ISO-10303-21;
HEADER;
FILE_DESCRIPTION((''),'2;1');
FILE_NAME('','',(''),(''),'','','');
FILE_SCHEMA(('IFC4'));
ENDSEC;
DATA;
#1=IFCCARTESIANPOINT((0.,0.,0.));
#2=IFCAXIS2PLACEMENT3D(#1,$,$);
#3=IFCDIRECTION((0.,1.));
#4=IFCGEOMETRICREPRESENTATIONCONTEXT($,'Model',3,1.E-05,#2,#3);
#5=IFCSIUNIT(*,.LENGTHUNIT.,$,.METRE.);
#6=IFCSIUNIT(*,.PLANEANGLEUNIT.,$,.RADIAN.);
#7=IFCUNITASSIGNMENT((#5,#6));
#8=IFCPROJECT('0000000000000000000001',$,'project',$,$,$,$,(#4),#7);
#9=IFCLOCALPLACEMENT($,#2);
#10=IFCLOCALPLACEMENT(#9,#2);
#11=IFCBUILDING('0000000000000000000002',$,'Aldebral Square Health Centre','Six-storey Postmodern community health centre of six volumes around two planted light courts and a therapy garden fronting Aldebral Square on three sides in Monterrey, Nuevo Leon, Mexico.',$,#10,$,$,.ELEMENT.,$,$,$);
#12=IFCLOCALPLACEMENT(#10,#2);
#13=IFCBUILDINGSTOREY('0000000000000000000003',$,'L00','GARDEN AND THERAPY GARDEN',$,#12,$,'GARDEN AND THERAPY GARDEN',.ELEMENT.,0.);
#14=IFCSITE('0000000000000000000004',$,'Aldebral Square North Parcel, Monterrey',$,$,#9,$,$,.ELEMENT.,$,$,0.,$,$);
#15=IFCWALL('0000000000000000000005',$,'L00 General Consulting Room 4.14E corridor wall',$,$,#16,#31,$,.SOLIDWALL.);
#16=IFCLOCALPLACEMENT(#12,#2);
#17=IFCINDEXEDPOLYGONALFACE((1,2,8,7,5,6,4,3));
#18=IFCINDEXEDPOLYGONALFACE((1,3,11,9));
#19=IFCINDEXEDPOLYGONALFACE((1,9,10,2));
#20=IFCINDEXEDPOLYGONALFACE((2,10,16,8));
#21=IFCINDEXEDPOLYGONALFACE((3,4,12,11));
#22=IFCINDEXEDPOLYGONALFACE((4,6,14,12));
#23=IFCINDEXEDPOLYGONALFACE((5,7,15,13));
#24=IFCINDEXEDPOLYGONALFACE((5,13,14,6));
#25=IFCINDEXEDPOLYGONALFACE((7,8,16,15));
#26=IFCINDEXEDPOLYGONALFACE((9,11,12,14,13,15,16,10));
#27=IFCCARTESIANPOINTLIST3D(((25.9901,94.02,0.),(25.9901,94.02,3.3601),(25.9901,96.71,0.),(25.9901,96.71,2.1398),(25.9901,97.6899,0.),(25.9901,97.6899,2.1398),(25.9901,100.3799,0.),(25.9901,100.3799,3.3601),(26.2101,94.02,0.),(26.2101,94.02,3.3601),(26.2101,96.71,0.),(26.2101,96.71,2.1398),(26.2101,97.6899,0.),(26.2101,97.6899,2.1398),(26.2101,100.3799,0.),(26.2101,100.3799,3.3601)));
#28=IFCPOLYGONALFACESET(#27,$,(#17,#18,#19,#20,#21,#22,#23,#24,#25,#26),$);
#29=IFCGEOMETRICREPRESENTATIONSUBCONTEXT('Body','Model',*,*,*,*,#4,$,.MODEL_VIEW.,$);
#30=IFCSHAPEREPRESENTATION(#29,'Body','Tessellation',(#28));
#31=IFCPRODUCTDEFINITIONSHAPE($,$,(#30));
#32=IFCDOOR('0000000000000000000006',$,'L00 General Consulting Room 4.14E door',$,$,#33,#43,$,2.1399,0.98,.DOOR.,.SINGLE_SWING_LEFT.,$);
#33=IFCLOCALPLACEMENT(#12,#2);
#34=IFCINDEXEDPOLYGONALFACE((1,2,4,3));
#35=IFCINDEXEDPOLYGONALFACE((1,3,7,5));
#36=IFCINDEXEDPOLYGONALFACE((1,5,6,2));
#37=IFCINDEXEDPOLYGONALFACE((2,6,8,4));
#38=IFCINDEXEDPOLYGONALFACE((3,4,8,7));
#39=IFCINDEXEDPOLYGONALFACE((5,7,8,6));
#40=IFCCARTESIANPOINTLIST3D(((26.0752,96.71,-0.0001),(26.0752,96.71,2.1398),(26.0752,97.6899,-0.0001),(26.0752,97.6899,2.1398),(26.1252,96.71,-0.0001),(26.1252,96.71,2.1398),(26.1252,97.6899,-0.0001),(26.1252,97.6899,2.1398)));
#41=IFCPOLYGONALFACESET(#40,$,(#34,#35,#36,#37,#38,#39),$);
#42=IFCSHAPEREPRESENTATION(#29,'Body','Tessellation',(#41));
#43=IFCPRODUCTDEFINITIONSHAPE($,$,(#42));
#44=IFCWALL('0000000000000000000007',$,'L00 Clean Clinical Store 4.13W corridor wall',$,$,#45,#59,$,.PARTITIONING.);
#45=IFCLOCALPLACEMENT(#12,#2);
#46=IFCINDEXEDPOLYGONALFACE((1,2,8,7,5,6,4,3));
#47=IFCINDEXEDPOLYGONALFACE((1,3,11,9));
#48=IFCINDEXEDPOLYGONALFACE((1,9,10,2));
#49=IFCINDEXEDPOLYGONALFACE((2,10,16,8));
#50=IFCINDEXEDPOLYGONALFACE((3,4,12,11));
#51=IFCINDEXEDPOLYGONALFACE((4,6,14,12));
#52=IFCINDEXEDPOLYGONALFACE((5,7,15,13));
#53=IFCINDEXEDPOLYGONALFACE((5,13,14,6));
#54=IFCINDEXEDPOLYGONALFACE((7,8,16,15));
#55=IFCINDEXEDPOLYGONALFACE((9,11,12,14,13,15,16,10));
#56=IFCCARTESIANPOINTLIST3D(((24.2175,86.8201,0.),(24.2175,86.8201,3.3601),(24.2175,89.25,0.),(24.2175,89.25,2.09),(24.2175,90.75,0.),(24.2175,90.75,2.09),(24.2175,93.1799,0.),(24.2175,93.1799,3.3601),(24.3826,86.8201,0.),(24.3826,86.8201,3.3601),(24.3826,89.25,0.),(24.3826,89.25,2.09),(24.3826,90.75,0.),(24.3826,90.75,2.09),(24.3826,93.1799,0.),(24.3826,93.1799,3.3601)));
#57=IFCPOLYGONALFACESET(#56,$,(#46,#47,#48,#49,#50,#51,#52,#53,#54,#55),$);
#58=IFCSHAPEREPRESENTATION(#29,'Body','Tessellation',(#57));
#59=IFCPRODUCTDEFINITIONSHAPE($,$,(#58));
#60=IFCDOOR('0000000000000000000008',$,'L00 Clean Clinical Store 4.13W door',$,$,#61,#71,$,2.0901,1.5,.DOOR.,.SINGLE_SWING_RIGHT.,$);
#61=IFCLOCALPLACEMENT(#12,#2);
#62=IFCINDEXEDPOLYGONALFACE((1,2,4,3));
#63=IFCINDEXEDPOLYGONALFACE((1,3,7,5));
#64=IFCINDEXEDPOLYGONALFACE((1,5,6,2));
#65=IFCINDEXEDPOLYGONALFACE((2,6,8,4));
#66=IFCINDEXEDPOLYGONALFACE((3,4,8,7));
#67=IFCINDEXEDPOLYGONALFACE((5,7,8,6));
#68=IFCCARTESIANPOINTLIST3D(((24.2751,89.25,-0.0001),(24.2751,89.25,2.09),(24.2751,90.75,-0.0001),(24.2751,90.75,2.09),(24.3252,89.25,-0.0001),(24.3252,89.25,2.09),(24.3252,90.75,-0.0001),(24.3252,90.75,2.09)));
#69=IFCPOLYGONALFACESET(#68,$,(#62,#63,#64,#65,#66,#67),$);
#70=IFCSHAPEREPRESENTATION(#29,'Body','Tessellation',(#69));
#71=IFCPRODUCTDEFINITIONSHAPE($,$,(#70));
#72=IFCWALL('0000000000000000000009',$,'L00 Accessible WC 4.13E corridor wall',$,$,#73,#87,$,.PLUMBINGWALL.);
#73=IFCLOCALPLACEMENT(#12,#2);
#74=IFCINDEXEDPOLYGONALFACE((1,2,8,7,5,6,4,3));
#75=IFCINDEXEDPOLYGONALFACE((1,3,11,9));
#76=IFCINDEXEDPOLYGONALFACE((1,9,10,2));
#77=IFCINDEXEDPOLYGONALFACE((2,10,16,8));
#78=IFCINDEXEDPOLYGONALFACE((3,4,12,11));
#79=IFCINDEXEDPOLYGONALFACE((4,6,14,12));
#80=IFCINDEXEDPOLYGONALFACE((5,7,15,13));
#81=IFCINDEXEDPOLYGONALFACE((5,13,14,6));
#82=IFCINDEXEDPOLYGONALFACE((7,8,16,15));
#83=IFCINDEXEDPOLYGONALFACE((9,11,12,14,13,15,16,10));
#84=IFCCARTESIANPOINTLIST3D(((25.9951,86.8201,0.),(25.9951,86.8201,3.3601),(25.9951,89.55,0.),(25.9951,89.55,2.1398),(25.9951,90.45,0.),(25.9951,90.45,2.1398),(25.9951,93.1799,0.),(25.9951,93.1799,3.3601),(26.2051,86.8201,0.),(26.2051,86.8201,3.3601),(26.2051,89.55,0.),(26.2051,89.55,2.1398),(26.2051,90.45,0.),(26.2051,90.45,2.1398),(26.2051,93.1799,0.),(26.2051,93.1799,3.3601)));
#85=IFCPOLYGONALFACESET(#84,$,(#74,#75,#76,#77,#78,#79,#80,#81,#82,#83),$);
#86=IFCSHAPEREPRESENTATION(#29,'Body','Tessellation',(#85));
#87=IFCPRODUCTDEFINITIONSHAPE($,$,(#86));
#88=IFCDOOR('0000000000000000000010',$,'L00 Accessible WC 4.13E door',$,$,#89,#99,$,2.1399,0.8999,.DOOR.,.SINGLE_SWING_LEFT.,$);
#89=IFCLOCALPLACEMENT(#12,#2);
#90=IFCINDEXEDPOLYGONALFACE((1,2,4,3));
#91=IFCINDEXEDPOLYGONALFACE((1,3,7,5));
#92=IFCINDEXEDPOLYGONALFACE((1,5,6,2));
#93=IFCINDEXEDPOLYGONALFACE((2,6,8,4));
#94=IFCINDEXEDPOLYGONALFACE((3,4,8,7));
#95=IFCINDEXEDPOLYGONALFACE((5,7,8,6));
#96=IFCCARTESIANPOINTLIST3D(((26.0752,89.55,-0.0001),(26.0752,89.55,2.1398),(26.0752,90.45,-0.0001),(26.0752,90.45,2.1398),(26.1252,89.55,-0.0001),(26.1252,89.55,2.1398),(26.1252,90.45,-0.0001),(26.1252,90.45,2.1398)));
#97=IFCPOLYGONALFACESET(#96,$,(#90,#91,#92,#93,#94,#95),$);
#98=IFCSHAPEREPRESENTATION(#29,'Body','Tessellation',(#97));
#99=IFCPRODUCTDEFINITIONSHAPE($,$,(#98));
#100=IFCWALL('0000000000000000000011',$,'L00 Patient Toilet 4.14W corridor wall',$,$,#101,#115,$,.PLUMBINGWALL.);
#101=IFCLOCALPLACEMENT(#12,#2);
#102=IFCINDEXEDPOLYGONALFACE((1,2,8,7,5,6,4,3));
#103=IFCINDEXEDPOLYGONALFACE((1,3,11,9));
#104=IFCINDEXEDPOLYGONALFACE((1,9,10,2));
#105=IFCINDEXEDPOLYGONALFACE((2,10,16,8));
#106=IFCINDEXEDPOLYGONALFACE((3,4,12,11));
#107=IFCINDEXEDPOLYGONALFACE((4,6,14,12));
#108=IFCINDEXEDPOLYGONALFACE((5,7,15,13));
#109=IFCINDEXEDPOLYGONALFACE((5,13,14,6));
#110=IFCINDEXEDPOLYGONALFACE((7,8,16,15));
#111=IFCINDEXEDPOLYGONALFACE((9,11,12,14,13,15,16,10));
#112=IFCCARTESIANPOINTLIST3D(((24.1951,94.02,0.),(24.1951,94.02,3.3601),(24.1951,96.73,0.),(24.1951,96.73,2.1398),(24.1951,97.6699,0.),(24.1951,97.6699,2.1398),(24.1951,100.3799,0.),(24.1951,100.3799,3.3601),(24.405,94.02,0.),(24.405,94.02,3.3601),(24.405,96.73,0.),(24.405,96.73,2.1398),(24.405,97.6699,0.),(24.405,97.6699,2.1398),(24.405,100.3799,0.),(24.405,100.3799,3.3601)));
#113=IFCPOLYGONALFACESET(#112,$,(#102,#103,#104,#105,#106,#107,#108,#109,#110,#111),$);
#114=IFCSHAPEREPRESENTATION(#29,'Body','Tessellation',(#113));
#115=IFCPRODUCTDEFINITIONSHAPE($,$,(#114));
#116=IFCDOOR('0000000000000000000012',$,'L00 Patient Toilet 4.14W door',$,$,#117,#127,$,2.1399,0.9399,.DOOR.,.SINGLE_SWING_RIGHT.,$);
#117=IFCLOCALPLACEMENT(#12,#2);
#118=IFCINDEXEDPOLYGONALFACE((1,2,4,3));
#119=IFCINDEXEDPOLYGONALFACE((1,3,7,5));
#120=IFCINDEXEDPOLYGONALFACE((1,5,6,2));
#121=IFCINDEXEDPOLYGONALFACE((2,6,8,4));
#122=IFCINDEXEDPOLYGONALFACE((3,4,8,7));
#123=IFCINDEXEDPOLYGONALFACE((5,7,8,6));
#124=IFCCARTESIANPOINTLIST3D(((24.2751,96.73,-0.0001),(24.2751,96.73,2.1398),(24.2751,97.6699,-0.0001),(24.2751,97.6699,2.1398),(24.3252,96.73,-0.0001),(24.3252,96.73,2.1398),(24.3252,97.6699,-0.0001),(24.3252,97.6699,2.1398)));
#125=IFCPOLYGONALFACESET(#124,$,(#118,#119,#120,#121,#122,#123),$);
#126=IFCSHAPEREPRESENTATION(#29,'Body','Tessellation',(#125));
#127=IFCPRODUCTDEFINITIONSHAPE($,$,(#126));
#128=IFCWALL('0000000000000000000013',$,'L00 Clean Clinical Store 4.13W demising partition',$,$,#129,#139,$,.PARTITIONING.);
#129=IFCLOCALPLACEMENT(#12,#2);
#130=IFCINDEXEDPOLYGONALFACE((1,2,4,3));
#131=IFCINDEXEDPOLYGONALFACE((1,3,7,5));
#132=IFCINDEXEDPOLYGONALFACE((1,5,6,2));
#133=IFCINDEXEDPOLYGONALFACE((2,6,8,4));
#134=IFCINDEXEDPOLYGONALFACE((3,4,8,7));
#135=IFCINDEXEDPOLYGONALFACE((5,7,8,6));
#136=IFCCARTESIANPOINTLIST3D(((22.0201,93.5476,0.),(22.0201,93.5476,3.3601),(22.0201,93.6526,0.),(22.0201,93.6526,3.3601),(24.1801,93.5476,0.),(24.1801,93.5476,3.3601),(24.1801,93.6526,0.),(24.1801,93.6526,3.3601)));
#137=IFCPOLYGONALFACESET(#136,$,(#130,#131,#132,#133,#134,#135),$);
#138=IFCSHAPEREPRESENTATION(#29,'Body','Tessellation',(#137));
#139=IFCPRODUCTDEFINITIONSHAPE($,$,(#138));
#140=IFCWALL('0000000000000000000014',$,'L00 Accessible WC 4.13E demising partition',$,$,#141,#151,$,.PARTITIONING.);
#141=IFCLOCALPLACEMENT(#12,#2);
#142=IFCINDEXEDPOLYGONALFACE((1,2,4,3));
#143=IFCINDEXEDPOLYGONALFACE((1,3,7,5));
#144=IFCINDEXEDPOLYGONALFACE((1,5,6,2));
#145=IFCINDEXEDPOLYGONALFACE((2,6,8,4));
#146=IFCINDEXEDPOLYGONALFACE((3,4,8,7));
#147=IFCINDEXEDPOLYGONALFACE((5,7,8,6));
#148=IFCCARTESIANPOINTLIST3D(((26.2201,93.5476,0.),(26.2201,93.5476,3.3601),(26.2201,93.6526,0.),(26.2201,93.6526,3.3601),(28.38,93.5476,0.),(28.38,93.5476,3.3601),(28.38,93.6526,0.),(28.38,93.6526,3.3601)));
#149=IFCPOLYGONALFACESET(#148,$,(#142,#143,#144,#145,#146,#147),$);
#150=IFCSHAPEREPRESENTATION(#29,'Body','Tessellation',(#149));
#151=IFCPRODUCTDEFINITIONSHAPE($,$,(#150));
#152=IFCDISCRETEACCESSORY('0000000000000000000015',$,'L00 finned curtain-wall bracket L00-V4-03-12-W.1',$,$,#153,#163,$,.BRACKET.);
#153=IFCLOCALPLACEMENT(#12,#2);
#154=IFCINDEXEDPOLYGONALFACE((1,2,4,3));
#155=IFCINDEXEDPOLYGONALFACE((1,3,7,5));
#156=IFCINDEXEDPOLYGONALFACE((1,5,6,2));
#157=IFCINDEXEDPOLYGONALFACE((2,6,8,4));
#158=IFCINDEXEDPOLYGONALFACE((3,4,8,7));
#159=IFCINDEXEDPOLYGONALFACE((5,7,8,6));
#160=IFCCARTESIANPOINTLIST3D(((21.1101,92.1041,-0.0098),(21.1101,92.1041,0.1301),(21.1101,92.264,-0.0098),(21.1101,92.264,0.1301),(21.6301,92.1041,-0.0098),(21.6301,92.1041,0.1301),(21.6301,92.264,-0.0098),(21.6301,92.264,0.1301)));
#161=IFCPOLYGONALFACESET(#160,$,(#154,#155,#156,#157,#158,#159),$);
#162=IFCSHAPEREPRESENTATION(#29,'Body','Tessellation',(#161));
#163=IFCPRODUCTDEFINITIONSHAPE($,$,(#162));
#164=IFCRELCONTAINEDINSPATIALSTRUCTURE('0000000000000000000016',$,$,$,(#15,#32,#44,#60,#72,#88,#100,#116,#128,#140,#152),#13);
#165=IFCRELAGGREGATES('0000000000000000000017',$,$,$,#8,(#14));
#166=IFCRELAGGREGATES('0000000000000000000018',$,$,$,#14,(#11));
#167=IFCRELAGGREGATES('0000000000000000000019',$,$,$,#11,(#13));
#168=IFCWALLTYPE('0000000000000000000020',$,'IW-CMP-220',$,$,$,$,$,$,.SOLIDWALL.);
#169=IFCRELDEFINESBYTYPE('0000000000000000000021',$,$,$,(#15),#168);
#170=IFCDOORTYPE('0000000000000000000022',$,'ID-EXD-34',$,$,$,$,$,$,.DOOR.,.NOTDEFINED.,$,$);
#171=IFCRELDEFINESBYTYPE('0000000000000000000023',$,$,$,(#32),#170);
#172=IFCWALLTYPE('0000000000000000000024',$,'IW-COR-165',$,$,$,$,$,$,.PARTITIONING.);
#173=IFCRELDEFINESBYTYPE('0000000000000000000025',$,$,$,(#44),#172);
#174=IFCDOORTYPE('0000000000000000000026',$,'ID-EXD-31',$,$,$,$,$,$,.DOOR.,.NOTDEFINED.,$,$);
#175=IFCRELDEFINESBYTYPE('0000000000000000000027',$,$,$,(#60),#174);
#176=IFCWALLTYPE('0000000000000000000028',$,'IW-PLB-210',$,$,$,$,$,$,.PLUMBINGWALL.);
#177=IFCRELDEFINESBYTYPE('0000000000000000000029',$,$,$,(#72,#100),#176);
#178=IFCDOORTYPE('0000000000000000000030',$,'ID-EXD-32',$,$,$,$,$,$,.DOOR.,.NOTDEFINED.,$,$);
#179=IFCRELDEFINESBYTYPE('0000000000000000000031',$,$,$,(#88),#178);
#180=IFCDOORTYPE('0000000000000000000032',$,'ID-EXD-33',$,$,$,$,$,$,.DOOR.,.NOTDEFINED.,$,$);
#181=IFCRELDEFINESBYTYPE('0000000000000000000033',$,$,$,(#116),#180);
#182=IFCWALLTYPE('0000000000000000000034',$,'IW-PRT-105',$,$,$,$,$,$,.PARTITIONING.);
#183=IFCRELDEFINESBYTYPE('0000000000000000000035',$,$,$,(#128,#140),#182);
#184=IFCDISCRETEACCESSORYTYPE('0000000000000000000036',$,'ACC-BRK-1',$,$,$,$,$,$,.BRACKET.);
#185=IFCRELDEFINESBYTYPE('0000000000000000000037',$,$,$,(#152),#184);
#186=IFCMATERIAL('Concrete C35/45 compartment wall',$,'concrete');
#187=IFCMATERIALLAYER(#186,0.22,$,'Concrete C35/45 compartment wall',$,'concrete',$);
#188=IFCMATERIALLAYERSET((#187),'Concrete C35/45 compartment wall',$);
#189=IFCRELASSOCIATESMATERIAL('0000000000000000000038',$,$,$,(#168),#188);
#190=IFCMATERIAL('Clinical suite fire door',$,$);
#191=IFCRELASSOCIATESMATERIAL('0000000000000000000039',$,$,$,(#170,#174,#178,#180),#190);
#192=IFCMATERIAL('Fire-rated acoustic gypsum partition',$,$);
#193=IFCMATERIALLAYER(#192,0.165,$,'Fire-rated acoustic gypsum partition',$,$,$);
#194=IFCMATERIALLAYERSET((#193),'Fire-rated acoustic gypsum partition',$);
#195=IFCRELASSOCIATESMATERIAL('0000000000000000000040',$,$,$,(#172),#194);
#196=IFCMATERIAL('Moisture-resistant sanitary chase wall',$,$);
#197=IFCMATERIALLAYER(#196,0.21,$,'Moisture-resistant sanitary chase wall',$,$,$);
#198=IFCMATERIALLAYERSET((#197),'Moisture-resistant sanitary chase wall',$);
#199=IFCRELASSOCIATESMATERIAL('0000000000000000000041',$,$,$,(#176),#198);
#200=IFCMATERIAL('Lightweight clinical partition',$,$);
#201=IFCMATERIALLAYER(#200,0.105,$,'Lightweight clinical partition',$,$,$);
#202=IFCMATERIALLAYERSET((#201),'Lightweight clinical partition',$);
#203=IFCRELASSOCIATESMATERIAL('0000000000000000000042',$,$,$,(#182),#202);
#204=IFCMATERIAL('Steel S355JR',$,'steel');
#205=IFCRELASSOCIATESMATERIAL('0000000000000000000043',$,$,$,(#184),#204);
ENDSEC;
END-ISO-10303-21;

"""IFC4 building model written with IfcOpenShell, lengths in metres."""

from ifc_helpers import new_model, si_unit, direction, frame, frame_2d, origin, origin_2d, place, context, subcontext, project, spatial, rectangle, extrude, material, layer, layer_set, type_object, element, fill, save


model = new_model("IFC4")

# Units and contexts
model_context = context("Model", 3, precision=1e-05, world=origin(), true_north=direction((0.0, 1.0)))
body_context = subcontext(model_context, "Body", "Model", "MODEL_VIEW")
ifc_project = project(units=[si_unit("LENGTHUNIT", "METRE"), si_unit("PLANEANGLEUNIT", "RADIAN")], contexts=[model_context])

# Site, building, storey
site_placement = place(None, origin())
site = spatial("IfcSite", under=ifc_project, at=site_placement, Name="Aldebral Square North Parcel, Monterrey", CompositionType="ELEMENT", RefElevation=0.0)
building_placement = place(site_placement, origin())
building = spatial("IfcBuilding", under=site, at=building_placement, Name="Aldebral Square Health Centre", Description="Six-storey Postmodern community health centre of six volumes around two planted light courts and a therapy garden fronting Aldebral Square on three sides in Monterrey, Nuevo Leon, Mexico.", CompositionType="ELEMENT")
storey_placement = place(building_placement, origin())
storey = spatial("IfcBuildingStorey", under=building, at=storey_placement, Name="L00", Description="GARDEN AND THERAPY GARDEN", LongName="GARDEN AND THERAPY GARDEN", CompositionType="ELEMENT", Elevation=0.0)

# Walls, openings, doors
ifc_material_1 = material(Name="Concrete C35/45 compartment wall", Category="concrete")
ifc_layer_1 = layer(ifc_material_1, 0.22, Name="Concrete C35/45 compartment wall", Category="concrete")
ifc_layer_set_1 = layer_set([ifc_layer_1], Name="Concrete C35/45 compartment wall")
wall_type_1 = type_object("IfcWallType", Name="IW-CMP-220", PredefinedType="SOLIDWALL", material=ifc_layer_set_1)
wall_1_placement = place(storey_placement, frame((26.1001, 94.02, 0.0), z_axis=(0.0, 0.0, 1.0), x_axis=(0.0, 1.0, 0.0)))
wall_1 = element("IfcWall", 1, at=wall_1_placement, inside=storey, type_object=wall_type_1, Name="L00 General Consulting Room 4.14E corridor wall", PredefinedType="SOLIDWALL", context=body_context, shape_type="SweptSolid", body=[
    extrude(rectangle(XDim=6.3599, YDim=0.22, at=frame_2d((3.1799, 0.0))), origin(), (0.0, 0.0, 1.0), 3.3601),
])
opening_1_placement = place(wall_1_placement, frame((2.6899, 0.0, 0.0)))
opening_1 = element("IfcOpeningElement", 2, at=opening_1_placement, cuts=wall_1, PredefinedType="OPENING", context=body_context, shape_type="SweptSolid", body=[
    extrude(rectangle(XDim=0.98, YDim=2.1399, at=frame_2d((0.49, 1.0698))), frame((0.0, 0.1201, 0.0), z_axis=(0.0, -1.0, 0.0), x_axis=(1.0, 0.0, 0.0)), (0.0, 0.0, 1.0), 0.24),
])
ifc_material_2 = material(Name="Clinical suite fire door")
door_type_1 = type_object("IfcDoorType", Name="ID-EXD-34", OperationType="NOTDEFINED", PredefinedType="DOOR", material=ifc_material_2)
door_1_placement = place(opening_1_placement, origin())
door_1 = element("IfcDoor", 3, at=door_1_placement, inside=storey, type_object=door_type_1, Name="L00 General Consulting Room 4.14E door", OperationType="SINGLE_SWING_LEFT", OverallHeight=2.1399, OverallWidth=0.98, PredefinedType="DOOR", context=body_context, shape_type="SweptSolid", body=[
    extrude(rectangle(XDim=0.98, YDim=2.1399, at=frame_2d((0.49, 1.0698))), frame((0.0, 0.0249, 0.0), z_axis=(0.0, -1.0, 0.0), x_axis=(1.0, 0.0, 0.0)), (0.0, 0.0, 1.0), 0.05),
])
fill(opening_1, door_1)
ifc_material_3 = material(Name="Fire-rated acoustic gypsum partition")
ifc_layer_2 = layer(ifc_material_3, 0.165, Name="Fire-rated acoustic gypsum partition")
ifc_layer_set_2 = layer_set([ifc_layer_2], Name="Fire-rated acoustic gypsum partition")
wall_type_2 = type_object("IfcWallType", Name="IW-COR-165", PredefinedType="PARTITIONING", material=ifc_layer_set_2)
wall_2_placement = place(storey_placement, frame((24.3, 86.8201, 0.0), z_axis=(0.0, 0.0, 1.0), x_axis=(0.0, 1.0, 0.0)))
wall_2 = element("IfcWall", 4, at=wall_2_placement, inside=storey, type_object=wall_type_2, Name="L00 Clean Clinical Store 4.13W corridor wall", PredefinedType="PARTITIONING", context=body_context, shape_type="SweptSolid", body=[
    extrude(rectangle(XDim=6.3599, YDim=0.165, at=frame_2d((3.1799, 0.0))), origin(), (0.0, 0.0, 1.0), 3.3601),
])
opening_2_placement = place(wall_2_placement, frame((2.4299, 0.0, 0.0)))
opening_2 = element("IfcOpeningElement", 5, at=opening_2_placement, cuts=wall_2, PredefinedType="OPENING", context=body_context, shape_type="SweptSolid", body=[
    extrude(rectangle(XDim=1.5, YDim=2.0901, at=frame_2d((0.75, 1.0449))), frame((0.0, 0.0925, 0.0), z_axis=(0.0, -1.0, 0.0), x_axis=(1.0, 0.0, 0.0)), (0.0, 0.0, 1.0), 0.1851),
])
door_type_2 = type_object("IfcDoorType", Name="ID-EXD-31", OperationType="NOTDEFINED", PredefinedType="DOOR", material=ifc_material_2)
door_2_placement = place(opening_2_placement, origin())
door_2 = element("IfcDoor", 6, at=door_2_placement, inside=storey, type_object=door_type_2, Name="L00 Clean Clinical Store 4.13W door", OperationType="SINGLE_SWING_RIGHT", OverallHeight=2.0901, OverallWidth=1.5, PredefinedType="DOOR", context=body_context, shape_type="SweptSolid", body=[
    extrude(rectangle(XDim=1.5, YDim=2.0901, at=frame_2d((0.75, 1.0449))), frame((0.0, 0.0249, 0.0), z_axis=(0.0, -1.0, 0.0), x_axis=(1.0, 0.0, 0.0)), (0.0, 0.0, 1.0), 0.05),
])
fill(opening_2, door_2)
ifc_material_4 = material(Name="Moisture-resistant sanitary chase wall")
ifc_layer_3 = layer(ifc_material_4, 0.21, Name="Moisture-resistant sanitary chase wall")
ifc_layer_set_3 = layer_set([ifc_layer_3], Name="Moisture-resistant sanitary chase wall")
wall_type_3 = type_object("IfcWallType", Name="IW-PLB-210", PredefinedType="PLUMBINGWALL", material=ifc_layer_set_3)
wall_3_placement = place(storey_placement, frame((26.1001, 86.8201, 0.0), z_axis=(0.0, 0.0, 1.0), x_axis=(0.0, 1.0, 0.0)))
wall_3 = element("IfcWall", 7, at=wall_3_placement, inside=storey, type_object=wall_type_3, Name="L00 Accessible WC 4.13E corridor wall", PredefinedType="PLUMBINGWALL", context=body_context, shape_type="SweptSolid", body=[
    extrude(rectangle(XDim=6.3599, YDim=0.21, at=frame_2d((3.1799, 0.0))), origin(), (0.0, 0.0, 1.0), 3.3601),
])
opening_3_placement = place(wall_3_placement, frame((2.73, 0.0, 0.0)))
opening_3 = element("IfcOpeningElement", 8, at=opening_3_placement, cuts=wall_3, PredefinedType="OPENING", context=body_context, shape_type="SweptSolid", body=[
    extrude(rectangle(XDim=0.8999, YDim=2.1399, at=frame_2d((0.45, 1.0698))), frame((0.0, 0.115, 0.0), z_axis=(0.0, -1.0, 0.0), x_axis=(1.0, 0.0, 0.0)), (0.0, 0.0, 1.0), 0.23),
])
door_type_3 = type_object("IfcDoorType", Name="ID-EXD-32", OperationType="NOTDEFINED", PredefinedType="DOOR", material=ifc_material_2)
door_3_placement = place(opening_3_placement, origin())
door_3 = element("IfcDoor", 9, at=door_3_placement, inside=storey, type_object=door_type_3, Name="L00 Accessible WC 4.13E door", OperationType="SINGLE_SWING_LEFT", OverallHeight=2.1399, OverallWidth=0.8999, PredefinedType="DOOR", context=body_context, shape_type="SweptSolid", body=[
    extrude(rectangle(XDim=0.8999, YDim=2.1399, at=frame_2d((0.45, 1.0698))), frame((0.0, 0.0249, 0.0), z_axis=(0.0, -1.0, 0.0), x_axis=(1.0, 0.0, 0.0)), (0.0, 0.0, 1.0), 0.05),
])
fill(opening_3, door_3)
wall_4_placement = place(storey_placement, frame((24.3, 94.02, 0.0), z_axis=(0.0, 0.0, 1.0), x_axis=(0.0, 1.0, 0.0)))
wall_4 = element("IfcWall", 10, at=wall_4_placement, inside=storey, type_object=wall_type_3, Name="L00 Patient Toilet 4.14W corridor wall", PredefinedType="PLUMBINGWALL", context=body_context, shape_type="SweptSolid", body=[
    extrude(rectangle(XDim=6.3599, YDim=0.21, at=frame_2d((3.1799, 0.0))), origin(), (0.0, 0.0, 1.0), 3.3601),
])
opening_4_placement = place(wall_4_placement, frame((2.71, 0.0, 0.0)))
opening_4 = element("IfcOpeningElement", 11, at=opening_4_placement, cuts=wall_4, PredefinedType="OPENING", context=body_context, shape_type="SweptSolid", body=[
    extrude(rectangle(XDim=0.9399, YDim=2.1399, at=frame_2d((0.47, 1.0698))), frame((0.0, 0.115, 0.0), z_axis=(0.0, -1.0, 0.0), x_axis=(1.0, 0.0, 0.0)), (0.0, 0.0, 1.0), 0.23),
])
door_type_4 = type_object("IfcDoorType", Name="ID-EXD-33", OperationType="NOTDEFINED", PredefinedType="DOOR", material=ifc_material_2)
door_4_placement = place(opening_4_placement, origin())
door_4 = element("IfcDoor", 12, at=door_4_placement, inside=storey, type_object=door_type_4, Name="L00 Patient Toilet 4.14W door", OperationType="SINGLE_SWING_RIGHT", OverallHeight=2.1399, OverallWidth=0.9399, PredefinedType="DOOR", context=body_context, shape_type="SweptSolid", body=[
    extrude(rectangle(XDim=0.9399, YDim=2.1399, at=frame_2d((0.47, 1.0698))), frame((0.0, 0.0249, 0.0), z_axis=(0.0, -1.0, 0.0), x_axis=(1.0, 0.0, 0.0)), (0.0, 0.0, 1.0), 0.05),
])
fill(opening_4, door_4)

# Walls
ifc_material_5 = material(Name="Lightweight clinical partition")
ifc_layer_4 = layer(ifc_material_5, 0.105, Name="Lightweight clinical partition")
ifc_layer_set_4 = layer_set([ifc_layer_4], Name="Lightweight clinical partition")
wall_type_4 = type_object("IfcWallType", Name="IW-PRT-105", PredefinedType="PARTITIONING", material=ifc_layer_set_4)
for number, where, z_axis, x_axis, name in (
    (13, (22.02, 93.6001, 0.0), (0.0, 0.0, 1.0), (1.0, 0.0, 0.0), "L00 Clean Clinical Store 4.13W demising partition"),
    (14, (26.22, 93.6001, 0.0), (0.0, 0.0, 1.0), (1.0, 0.0, 0.0), "L00 Accessible WC 4.13E demising partition"),
):
    element("IfcWall", number, at=place(storey_placement, frame(where, z_axis=z_axis, x_axis=x_axis)), inside=storey, type_object=wall_type_4, Name=name, PredefinedType="PARTITIONING", context=body_context, shape_type="SweptSolid", body=[
        extrude(rectangle(XDim=2.1599, YDim=0.105, at=frame_2d((1.0801, 0.0))), origin(), (0.0, 0.0, 1.0), 3.3601),
    ])

# Discrete accessory
ifc_material_6 = material(Name="Steel S355JR", Category="steel")
discrete_accessory_type = type_object("IfcDiscreteAccessoryType", Name="ACC-BRK-1", PredefinedType="BRACKET", material=ifc_material_6)
for number, where, z_axis, x_axis, name in (
    (15, (21.3701, 92.1841, -0.0098), (0.0, 0.0, 1.0), (0.0, 1.0, 0.0), "L00 finned curtain-wall bracket L00-V4-03-12-W.1"),
):
    element("IfcDiscreteAccessory", number, at=place(storey_placement, frame(where, z_axis=z_axis, x_axis=x_axis)), inside=storey, type_object=discrete_accessory_type, Name=name, PredefinedType="BRACKET", context=body_context, shape_type="SweptSolid", body=[
        extrude(rectangle(XDim=0.1599, YDim=0.52, at=origin_2d()), origin(), (0.0, 0.0, 1.0), 0.1399),
    ])

save(model, "model.ifc")
